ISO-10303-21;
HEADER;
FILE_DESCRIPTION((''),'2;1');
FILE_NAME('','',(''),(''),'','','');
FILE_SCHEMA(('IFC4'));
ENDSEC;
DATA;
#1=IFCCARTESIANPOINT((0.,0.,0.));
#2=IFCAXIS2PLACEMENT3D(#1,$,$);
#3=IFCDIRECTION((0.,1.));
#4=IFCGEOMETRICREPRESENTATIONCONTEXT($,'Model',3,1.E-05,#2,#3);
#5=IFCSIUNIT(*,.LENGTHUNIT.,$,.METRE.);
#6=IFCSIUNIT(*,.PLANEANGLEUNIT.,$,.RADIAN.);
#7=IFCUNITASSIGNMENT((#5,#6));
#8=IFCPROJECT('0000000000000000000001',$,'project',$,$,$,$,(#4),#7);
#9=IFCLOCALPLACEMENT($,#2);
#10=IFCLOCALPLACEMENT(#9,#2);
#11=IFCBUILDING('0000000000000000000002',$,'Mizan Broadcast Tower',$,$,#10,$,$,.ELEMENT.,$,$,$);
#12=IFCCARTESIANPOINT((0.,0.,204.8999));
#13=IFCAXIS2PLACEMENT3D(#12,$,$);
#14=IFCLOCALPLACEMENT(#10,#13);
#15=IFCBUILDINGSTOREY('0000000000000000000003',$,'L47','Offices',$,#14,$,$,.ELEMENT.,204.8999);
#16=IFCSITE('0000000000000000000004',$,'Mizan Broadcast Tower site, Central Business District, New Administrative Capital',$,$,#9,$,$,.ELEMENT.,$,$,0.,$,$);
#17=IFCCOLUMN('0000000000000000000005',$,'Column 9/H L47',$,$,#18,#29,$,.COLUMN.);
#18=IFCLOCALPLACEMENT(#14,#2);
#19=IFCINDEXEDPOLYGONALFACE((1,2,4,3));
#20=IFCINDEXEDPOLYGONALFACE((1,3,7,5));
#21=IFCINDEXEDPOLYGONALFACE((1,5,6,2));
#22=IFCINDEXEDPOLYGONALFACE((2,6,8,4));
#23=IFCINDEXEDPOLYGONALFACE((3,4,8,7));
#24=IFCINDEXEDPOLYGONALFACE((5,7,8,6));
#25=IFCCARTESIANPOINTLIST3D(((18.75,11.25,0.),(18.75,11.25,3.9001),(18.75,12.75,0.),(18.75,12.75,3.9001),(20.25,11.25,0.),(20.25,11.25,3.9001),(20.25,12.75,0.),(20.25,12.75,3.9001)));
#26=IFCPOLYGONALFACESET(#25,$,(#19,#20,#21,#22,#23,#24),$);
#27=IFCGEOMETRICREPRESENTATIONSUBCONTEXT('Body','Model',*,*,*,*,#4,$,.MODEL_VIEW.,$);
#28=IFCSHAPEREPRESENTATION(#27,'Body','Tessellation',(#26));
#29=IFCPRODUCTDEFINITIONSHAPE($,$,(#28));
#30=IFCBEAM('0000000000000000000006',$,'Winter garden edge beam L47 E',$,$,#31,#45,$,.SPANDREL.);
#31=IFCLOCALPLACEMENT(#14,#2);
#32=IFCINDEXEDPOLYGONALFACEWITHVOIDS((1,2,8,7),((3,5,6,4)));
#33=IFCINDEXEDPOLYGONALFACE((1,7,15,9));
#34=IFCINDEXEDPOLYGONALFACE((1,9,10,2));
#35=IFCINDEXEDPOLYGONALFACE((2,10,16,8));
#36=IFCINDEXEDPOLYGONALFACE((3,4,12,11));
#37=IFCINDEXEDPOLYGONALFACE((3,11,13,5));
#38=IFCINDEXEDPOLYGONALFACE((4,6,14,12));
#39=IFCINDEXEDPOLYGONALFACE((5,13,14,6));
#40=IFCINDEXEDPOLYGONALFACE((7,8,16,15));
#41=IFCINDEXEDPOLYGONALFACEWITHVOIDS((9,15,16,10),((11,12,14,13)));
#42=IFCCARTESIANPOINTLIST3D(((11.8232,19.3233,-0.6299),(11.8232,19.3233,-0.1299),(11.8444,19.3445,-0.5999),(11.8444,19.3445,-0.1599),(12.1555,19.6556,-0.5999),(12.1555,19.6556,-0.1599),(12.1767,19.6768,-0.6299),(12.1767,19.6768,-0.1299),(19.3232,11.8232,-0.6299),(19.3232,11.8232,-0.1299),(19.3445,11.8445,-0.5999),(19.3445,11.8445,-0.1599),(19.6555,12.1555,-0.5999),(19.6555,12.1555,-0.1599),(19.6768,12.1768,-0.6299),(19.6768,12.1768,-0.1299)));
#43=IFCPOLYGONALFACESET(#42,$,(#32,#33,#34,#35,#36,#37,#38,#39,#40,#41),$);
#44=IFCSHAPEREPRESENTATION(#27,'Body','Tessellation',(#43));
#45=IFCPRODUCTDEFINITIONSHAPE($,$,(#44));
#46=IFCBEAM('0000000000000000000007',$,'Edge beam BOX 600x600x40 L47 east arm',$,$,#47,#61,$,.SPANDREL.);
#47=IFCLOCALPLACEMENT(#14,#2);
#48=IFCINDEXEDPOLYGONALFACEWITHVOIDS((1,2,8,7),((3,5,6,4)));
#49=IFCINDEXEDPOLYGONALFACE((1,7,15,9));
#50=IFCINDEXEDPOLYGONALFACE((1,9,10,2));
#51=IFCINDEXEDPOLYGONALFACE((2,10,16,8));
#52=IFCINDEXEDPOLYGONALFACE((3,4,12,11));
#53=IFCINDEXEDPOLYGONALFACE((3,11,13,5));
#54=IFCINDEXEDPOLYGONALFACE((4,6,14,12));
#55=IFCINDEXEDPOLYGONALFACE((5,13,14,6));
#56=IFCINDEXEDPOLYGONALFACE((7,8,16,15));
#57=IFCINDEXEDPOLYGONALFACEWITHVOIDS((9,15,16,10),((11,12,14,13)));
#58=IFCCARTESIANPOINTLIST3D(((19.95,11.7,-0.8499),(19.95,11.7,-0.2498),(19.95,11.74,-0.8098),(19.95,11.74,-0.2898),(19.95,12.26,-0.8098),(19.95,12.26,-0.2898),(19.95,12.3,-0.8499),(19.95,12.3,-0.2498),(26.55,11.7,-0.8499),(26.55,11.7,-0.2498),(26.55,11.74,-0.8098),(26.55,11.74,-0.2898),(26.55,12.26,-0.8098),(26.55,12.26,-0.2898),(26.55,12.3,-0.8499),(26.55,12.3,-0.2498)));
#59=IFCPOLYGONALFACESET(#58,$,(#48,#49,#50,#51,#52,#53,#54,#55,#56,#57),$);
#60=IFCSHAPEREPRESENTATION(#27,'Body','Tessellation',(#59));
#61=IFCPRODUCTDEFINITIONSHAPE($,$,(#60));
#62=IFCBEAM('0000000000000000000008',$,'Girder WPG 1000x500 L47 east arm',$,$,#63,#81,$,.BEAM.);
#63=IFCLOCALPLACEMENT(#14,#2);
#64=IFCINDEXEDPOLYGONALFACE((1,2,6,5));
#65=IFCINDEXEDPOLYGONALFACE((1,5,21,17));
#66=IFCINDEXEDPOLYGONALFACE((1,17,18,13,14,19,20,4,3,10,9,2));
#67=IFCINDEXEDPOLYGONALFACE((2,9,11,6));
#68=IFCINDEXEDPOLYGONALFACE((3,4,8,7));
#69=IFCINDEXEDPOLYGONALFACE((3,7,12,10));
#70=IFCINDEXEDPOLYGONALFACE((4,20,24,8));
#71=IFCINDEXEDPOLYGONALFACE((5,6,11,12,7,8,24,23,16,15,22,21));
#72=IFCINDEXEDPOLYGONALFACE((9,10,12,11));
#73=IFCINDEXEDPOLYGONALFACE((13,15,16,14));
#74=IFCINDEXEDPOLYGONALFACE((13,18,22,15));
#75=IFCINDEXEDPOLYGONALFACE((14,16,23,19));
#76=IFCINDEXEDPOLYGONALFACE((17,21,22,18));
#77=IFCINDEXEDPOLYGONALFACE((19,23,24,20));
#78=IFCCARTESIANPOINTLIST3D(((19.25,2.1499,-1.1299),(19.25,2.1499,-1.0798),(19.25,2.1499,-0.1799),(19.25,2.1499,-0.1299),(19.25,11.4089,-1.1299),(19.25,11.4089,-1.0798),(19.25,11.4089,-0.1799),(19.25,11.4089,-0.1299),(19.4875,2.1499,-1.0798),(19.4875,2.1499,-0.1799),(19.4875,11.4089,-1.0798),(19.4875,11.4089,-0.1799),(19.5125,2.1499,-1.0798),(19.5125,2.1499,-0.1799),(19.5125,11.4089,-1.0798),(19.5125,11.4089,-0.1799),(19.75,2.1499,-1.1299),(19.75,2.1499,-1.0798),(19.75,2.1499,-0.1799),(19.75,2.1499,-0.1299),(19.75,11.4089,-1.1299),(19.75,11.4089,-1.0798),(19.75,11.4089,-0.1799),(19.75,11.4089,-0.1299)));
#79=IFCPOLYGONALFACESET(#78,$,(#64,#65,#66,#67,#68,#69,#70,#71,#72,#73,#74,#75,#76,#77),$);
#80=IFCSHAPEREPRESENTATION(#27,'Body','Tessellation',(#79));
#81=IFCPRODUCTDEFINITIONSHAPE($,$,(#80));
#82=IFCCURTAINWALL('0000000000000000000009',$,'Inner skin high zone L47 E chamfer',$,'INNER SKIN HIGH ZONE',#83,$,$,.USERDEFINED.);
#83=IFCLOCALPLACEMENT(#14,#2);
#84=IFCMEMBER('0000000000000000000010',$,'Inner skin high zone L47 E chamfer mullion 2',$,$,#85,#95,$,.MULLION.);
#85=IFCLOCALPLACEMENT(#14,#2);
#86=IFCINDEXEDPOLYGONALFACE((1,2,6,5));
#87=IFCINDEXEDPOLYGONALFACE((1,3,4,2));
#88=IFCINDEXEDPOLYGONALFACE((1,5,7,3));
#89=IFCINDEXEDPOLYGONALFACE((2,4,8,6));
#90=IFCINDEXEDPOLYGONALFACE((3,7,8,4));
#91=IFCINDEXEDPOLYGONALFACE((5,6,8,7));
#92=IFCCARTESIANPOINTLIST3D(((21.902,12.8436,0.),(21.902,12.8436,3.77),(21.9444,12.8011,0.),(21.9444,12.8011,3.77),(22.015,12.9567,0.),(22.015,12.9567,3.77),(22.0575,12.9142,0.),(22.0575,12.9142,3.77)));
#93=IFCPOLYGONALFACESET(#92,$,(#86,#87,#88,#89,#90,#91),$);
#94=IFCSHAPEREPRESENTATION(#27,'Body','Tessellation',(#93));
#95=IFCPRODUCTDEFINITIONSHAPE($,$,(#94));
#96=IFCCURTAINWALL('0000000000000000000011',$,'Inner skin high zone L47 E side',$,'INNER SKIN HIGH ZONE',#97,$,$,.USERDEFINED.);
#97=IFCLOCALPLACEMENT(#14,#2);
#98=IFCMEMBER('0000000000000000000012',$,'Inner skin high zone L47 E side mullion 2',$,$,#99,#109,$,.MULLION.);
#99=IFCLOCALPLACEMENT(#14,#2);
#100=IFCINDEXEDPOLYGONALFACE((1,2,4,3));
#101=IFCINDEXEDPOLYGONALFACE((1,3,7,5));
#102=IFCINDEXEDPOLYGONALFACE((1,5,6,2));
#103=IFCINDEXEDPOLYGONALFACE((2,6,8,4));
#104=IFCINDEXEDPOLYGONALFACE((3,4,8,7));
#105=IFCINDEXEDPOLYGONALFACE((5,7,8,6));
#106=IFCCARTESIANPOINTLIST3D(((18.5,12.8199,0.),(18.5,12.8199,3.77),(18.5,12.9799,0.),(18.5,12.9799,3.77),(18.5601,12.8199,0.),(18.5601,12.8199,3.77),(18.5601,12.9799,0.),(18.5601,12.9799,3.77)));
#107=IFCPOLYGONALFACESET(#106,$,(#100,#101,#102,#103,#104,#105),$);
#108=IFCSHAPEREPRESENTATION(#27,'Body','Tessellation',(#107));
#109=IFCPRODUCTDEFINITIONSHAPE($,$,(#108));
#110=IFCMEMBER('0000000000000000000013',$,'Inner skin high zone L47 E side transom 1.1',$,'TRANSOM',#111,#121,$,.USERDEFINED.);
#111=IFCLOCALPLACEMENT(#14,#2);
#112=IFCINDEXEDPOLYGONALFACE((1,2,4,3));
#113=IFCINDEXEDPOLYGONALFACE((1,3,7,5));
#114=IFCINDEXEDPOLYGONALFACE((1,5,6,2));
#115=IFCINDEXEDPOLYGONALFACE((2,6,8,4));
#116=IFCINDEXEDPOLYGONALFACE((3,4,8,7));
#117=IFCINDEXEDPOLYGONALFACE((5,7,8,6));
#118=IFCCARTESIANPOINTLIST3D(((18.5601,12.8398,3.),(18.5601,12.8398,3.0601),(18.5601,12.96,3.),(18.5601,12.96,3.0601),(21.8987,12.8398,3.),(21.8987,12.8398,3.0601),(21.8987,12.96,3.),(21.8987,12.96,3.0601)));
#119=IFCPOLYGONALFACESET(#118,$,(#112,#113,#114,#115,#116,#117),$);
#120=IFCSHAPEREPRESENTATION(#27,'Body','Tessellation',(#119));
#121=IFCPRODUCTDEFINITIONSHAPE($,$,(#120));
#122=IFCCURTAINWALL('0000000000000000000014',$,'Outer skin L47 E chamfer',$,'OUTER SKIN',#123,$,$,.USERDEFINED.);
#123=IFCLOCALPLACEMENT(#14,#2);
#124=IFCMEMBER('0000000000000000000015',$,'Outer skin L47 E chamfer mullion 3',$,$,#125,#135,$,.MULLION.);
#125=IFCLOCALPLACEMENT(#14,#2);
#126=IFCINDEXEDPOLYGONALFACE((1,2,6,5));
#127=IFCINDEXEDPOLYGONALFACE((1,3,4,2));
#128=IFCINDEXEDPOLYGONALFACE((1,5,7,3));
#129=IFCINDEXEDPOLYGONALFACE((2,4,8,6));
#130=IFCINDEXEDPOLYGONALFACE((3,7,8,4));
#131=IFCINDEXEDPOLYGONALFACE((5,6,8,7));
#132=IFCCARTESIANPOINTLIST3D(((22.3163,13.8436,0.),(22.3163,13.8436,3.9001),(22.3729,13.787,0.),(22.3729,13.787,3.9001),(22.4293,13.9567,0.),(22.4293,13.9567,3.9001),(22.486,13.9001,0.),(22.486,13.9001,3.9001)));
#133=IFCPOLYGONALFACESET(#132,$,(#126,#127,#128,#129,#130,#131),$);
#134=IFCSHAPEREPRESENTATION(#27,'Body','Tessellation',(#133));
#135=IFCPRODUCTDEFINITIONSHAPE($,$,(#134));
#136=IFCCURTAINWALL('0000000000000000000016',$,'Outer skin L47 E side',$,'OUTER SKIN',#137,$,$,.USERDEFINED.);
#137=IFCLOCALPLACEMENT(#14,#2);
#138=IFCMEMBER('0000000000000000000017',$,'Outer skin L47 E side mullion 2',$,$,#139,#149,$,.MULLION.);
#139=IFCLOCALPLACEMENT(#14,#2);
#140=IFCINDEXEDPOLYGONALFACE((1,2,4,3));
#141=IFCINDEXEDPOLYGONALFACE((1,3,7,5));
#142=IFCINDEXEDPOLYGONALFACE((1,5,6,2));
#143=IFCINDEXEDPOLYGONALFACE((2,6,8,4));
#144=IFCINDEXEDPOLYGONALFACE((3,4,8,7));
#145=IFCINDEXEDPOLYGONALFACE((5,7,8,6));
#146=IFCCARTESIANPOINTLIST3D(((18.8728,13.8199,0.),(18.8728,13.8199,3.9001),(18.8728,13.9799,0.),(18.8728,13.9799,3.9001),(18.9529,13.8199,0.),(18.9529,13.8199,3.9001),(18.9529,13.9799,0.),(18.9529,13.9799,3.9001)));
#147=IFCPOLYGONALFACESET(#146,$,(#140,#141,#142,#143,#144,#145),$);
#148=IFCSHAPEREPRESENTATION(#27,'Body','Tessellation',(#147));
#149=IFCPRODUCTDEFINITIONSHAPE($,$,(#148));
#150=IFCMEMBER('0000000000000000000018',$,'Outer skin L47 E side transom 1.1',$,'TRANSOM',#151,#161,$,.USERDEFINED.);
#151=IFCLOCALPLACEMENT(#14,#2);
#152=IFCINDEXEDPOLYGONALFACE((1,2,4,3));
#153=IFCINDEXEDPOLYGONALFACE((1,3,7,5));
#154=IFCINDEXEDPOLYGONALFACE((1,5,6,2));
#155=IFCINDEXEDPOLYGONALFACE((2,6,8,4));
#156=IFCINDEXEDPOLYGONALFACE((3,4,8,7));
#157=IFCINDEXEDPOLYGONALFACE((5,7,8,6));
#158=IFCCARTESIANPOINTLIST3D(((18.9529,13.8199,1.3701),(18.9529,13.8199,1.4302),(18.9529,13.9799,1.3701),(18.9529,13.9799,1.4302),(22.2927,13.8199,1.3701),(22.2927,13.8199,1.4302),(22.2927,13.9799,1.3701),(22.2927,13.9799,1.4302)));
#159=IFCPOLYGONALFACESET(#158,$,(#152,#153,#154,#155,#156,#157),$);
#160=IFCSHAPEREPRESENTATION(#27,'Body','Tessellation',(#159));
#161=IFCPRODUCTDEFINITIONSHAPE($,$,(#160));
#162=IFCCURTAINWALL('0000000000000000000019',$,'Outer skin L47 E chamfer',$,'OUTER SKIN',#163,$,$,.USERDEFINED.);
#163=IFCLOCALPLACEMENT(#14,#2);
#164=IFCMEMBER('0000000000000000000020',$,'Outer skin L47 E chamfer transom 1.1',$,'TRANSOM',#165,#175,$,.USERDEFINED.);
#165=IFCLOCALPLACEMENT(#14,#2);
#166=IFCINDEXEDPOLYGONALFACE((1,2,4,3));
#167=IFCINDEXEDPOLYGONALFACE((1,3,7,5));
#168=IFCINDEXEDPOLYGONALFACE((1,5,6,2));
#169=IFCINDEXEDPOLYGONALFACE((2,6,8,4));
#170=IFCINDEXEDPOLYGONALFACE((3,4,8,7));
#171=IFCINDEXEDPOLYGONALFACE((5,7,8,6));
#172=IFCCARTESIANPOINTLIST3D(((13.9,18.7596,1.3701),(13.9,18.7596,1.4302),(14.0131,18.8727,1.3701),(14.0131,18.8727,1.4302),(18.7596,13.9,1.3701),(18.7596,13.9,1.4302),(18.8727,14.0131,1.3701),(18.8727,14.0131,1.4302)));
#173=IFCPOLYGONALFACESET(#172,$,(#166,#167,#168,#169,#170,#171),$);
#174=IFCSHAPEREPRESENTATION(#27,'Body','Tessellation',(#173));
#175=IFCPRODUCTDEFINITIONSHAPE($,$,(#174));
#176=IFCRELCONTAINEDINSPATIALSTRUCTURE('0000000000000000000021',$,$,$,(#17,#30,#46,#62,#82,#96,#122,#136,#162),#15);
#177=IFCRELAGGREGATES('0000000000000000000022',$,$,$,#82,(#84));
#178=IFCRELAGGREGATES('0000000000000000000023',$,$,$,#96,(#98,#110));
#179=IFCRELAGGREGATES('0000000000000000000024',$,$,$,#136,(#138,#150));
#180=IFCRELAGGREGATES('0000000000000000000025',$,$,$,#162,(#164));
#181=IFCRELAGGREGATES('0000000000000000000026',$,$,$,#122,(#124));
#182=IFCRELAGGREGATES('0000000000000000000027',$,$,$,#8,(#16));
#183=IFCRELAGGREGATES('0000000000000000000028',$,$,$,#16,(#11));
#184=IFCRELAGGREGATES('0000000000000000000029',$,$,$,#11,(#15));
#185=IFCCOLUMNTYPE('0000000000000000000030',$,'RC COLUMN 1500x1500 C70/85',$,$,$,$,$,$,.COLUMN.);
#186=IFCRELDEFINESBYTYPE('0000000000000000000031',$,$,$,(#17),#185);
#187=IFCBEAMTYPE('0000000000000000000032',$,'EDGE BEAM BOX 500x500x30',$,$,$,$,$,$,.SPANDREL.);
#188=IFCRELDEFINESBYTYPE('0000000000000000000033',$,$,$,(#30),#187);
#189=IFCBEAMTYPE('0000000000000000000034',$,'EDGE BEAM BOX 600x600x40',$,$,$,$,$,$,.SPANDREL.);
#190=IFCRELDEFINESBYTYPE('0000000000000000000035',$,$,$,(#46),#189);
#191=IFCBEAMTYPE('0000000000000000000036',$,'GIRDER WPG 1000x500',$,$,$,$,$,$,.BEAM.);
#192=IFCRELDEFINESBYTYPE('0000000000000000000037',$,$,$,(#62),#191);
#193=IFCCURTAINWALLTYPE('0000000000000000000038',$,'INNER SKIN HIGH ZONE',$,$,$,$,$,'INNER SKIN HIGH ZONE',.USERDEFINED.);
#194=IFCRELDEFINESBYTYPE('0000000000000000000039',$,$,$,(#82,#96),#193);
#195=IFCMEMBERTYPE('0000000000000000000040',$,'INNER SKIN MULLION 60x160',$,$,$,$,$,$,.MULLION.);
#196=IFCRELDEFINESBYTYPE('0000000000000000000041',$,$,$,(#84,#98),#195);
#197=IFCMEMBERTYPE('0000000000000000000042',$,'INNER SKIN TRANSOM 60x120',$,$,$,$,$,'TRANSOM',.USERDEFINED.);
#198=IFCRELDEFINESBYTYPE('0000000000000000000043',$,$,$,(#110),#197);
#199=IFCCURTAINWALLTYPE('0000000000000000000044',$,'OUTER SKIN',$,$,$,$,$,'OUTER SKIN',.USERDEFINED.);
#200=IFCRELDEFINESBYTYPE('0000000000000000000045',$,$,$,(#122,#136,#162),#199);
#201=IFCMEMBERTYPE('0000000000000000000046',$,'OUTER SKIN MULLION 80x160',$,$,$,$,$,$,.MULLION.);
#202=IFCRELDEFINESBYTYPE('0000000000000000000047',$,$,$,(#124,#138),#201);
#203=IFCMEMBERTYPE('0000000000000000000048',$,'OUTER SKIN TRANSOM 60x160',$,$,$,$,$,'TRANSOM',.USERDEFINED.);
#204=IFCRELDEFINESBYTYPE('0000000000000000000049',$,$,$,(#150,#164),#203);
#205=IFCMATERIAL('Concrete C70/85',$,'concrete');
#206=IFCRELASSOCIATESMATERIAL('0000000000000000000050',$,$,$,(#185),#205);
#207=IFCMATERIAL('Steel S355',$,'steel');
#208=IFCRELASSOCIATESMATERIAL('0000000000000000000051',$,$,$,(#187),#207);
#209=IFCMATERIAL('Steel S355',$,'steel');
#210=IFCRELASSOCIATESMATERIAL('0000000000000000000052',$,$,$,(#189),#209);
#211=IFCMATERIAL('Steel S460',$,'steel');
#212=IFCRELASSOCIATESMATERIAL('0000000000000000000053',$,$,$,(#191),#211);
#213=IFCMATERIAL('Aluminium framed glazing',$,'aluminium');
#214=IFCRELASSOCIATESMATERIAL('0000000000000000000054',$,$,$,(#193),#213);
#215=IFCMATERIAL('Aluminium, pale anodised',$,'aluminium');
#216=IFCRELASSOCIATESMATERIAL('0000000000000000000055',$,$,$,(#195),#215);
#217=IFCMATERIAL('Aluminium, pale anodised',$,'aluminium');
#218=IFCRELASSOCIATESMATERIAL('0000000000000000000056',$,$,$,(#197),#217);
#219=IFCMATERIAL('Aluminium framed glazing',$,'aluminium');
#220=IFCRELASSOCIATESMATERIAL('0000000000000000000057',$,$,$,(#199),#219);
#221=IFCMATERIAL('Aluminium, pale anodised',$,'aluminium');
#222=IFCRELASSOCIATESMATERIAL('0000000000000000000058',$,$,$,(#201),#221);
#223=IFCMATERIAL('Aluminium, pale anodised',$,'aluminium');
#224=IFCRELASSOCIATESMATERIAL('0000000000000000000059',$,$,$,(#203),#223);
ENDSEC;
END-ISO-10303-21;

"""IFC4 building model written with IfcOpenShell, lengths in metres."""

from ifc_helpers import new_model, si_unit, direction, frame, origin, origin_2d, place, context, subcontext, project, spatial, rectangle, hollow_rectangle, i_section, extrude, material, material_profile, profile_set, type_object, element, aggregate, save


model = new_model("IFC4")

# Units and contexts
model_context = context("Model", 3, precision=1e-05, world=origin(), true_north=direction((0.0, 1.0)))
body_context = subcontext(model_context, "Body", "Model", "MODEL_VIEW")
ifc_project = project(units=[si_unit("LENGTHUNIT", "METRE"), si_unit("PLANEANGLEUNIT", "RADIAN")], contexts=[model_context])

# Site, building, storey
site_placement = place(None, origin())
site = spatial("IfcSite", under=ifc_project, at=site_placement, Name="Mizan Broadcast Tower site, Central Business District, New Administrative Capital", CompositionType="ELEMENT", RefElevation=0.0)
building_placement = place(site_placement, origin())
building = spatial("IfcBuilding", under=site, at=building_placement, Name="Mizan Broadcast Tower", CompositionType="ELEMENT")
storey_placement = place(building_placement, frame((0.0, 0.0, 204.8999)))
storey = spatial("IfcBuildingStorey", under=building, at=storey_placement, Name="L47", Description="Offices", CompositionType="ELEMENT", Elevation=204.8999)

# Column
ifc_material_1 = material(Name="Concrete C70/85", Category="concrete")
ifc_material_profile_1 = material_profile(ifc_material_1, rectangle(XDim=1.5, YDim=1.5, at=origin_2d()), Name="RC 1500x1500")
ifc_profile_set_1 = profile_set([ifc_material_profile_1], Name="Concrete C70/85")
column_type = type_object("IfcColumnType", Name="RC COLUMN 1500x1500 C70/85", PredefinedType="COLUMN", material=ifc_profile_set_1)
column_placement = place(storey_placement, frame((19.5, 12.0, 0.0), z_axis=(0.0, 0.0, 1.0), x_axis=(1.0, 0.0, 0.0)))
element("IfcColumn", 1, at=column_placement, inside=storey, type_object=column_type, Name="Column 9/H L47", PredefinedType="COLUMN", context=body_context, shape_type="SweptSolid", body=[
    extrude(rectangle(XDim=1.5, YDim=1.5, at=origin_2d()), origin(), (0.0, 0.0, 1.0), 3.9001),
])

# Beams
ifc_material_2 = material(Name="Steel S355", Category="steel")
ifc_material_profile_2 = material_profile(ifc_material_2, hollow_rectangle(XDim=0.5, YDim=0.5, WallThickness=0.03, at=origin_2d()), Name="BOX 500x500x30")
ifc_profile_set_2 = profile_set([ifc_material_profile_2], Name="Steel S355")
beam_type_1 = type_object("IfcBeamType", Name="EDGE BEAM BOX 500x500x30", PredefinedType="SPANDREL", material=ifc_profile_set_2)
beam_1_placement = place(storey_placement, frame((19.5, 12.0, -0.3799), z_axis=(-0.707107, 0.707107, 0.0), x_axis=(-0.707107, -0.707107, 0.0)))
element("IfcBeam", 2, at=beam_1_placement, inside=storey, type_object=beam_type_1, Name="Winter garden edge beam L47 E", PredefinedType="SPANDREL", context=body_context, shape_type="SweptSolid", body=[
    extrude(hollow_rectangle(XDim=0.5, YDim=0.5, WallThickness=0.03, at=origin_2d()), origin(), (0.0, 0.0, 1.0), 10.6067),
])
ifc_material_3 = material(Name="Steel S355", Category="steel")
ifc_material_profile_3 = material_profile(ifc_material_3, hollow_rectangle(XDim=0.6001, YDim=0.6001, WallThickness=0.04, at=origin_2d()), Name="BOX 600x600x40")
ifc_profile_set_3 = profile_set([ifc_material_profile_3], Name="Steel S355")
beam_type_2 = type_object("IfcBeamType", Name="EDGE BEAM BOX 600x600x40", PredefinedType="SPANDREL", material=ifc_profile_set_3)
beam_2_placement = place(storey_placement, frame((19.95, 12.0, -0.5498), z_axis=(1.0, 0.0, 0.0), x_axis=(0.0, 1.0, 0.0)))
element("IfcBeam", 3, at=beam_2_placement, inside=storey, type_object=beam_type_2, Name="Edge beam BOX 600x600x40 L47 east arm", PredefinedType="SPANDREL", context=body_context, shape_type="SweptSolid", body=[
    extrude(hollow_rectangle(XDim=0.6001, YDim=0.6001, WallThickness=0.04, at=origin_2d()), origin(), (0.0, 0.0, 1.0), 6.6001),
])
ifc_material_4 = material(Name="Steel S460", Category="steel")
ifc_material_profile_4 = material_profile(ifc_material_4, i_section(OverallWidth=0.5, OverallDepth=1.0, WebThickness=0.0249, FlangeThickness=0.05, at=origin_2d()), Name="WPG 1000x500")
ifc_profile_set_4 = profile_set([ifc_material_profile_4], Name="Steel S460")
beam_type_3 = type_object("IfcBeamType", Name="GIRDER WPG 1000x500", PredefinedType="BEAM", material=ifc_profile_set_4)
beam_3_placement = place(storey_placement, frame((19.5, 11.4089, -0.6299), z_axis=(0.0, -1.0, 0.0), x_axis=(1.0, 0.0, 0.0)))
element("IfcBeam", 4, at=beam_3_placement, inside=storey, type_object=beam_type_3, Name="Girder WPG 1000x500 L47 east arm", PredefinedType="BEAM", context=body_context, shape_type="SweptSolid", body=[
    extrude(i_section(OverallWidth=0.5, OverallDepth=1.0, WebThickness=0.0249, FlangeThickness=0.05, at=origin_2d()), origin(), (0.0, 0.0, 1.0), 9.259),
])

# Curtain wall, member
ifc_material_5 = material(Name="Aluminium framed glazing", Category="aluminium")
curtain_wall_type_1 = type_object("IfcCurtainWallType", Name="INNER SKIN HIGH ZONE", ElementType="INNER SKIN HIGH ZONE", PredefinedType="USERDEFINED", material=ifc_material_5)
curtain_wall_1_placement = place(storey_placement, origin())
curtain_wall_1 = element("IfcCurtainWall", 5, at=curtain_wall_1_placement, inside=storey, type_object=curtain_wall_type_1, Name="Inner skin high zone L47 E chamfer", ObjectType="INNER SKIN HIGH ZONE", PredefinedType="USERDEFINED")
ifc_material_6 = material(Name="Aluminium, pale anodised", Category="aluminium")
ifc_material_profile_5 = material_profile(ifc_material_6, rectangle(XDim=0.1599, YDim=0.0601, at=origin_2d()), Name="MULLION 160x60")
ifc_profile_set_5 = profile_set([ifc_material_profile_5], Name="Aluminium, pale anodised")
member_type_1 = type_object("IfcMemberType", Name="INNER SKIN MULLION 60x160", PredefinedType="MULLION", material=ifc_profile_set_5)
member_1_placement = place(storey_placement, frame((21.9797, 12.8789, 0.0), z_axis=(0.0, 0.0, 1.0), x_axis=(-0.707107, -0.707107, 0.0)))
member_1 = element("IfcMember", 6, at=member_1_placement, type_object=member_type_1, Name="Inner skin high zone L47 E chamfer mullion 2", PredefinedType="MULLION", context=body_context, shape_type="SweptSolid", body=[
    extrude(rectangle(XDim=0.1599, YDim=0.0601, at=origin_2d()), origin(), (0.0, 0.0, 1.0), 3.77),
])

# Curtain wall, members
curtain_wall_2_placement = place(storey_placement, origin())
curtain_wall_2 = element("IfcCurtainWall", 7, at=curtain_wall_2_placement, inside=storey, type_object=curtain_wall_type_1, Name="Inner skin high zone L47 E side", ObjectType="INNER SKIN HIGH ZONE", PredefinedType="USERDEFINED")
member_2_placement = place(storey_placement, frame((18.53, 12.8999, 0.0), z_axis=(0.0, 0.0, 1.0), x_axis=(0.0, -1.0, 0.0)))
member_2 = element("IfcMember", 8, at=member_2_placement, type_object=member_type_1, Name="Inner skin high zone L47 E side mullion 2", PredefinedType="MULLION", context=body_context, shape_type="SweptSolid", body=[
    extrude(rectangle(XDim=0.1599, YDim=0.0601, at=origin_2d()), origin(), (0.0, 0.0, 1.0), 3.77),
])
ifc_material_7 = material(Name="Aluminium, pale anodised", Category="aluminium")
ifc_material_profile_6 = material_profile(ifc_material_7, rectangle(XDim=0.1201, YDim=0.0601, at=origin_2d()), Name="TRANSOM 120x60")
ifc_profile_set_6 = profile_set([ifc_material_profile_6], Name="Aluminium, pale anodised")
member_type_2 = type_object("IfcMemberType", Name="INNER SKIN TRANSOM 60x120", ElementType="TRANSOM", PredefinedType="USERDEFINED", material=ifc_profile_set_6)
member_3_placement = place(storey_placement, frame((21.8987, 12.8999, 3.03), z_axis=(-1.0, 0.0, 0.0), x_axis=(0.0, -1.0, 0.0)))
member_3 = element("IfcMember", 9, at=member_3_placement, type_object=member_type_2, Name="Inner skin high zone L47 E side transom 1.1", ObjectType="TRANSOM", PredefinedType="USERDEFINED", context=body_context, shape_type="SweptSolid", body=[
    extrude(rectangle(XDim=0.1201, YDim=0.0601, at=origin_2d()), origin(), (0.0, 0.0, 1.0), 3.3386),
])

# Curtain wall, member
ifc_material_8 = material(Name="Aluminium framed glazing", Category="aluminium")
curtain_wall_type_2 = type_object("IfcCurtainWallType", Name="OUTER SKIN", ElementType="OUTER SKIN", PredefinedType="USERDEFINED", material=ifc_material_8)
curtain_wall_3_placement = place(storey_placement, origin())
curtain_wall_3 = element("IfcCurtainWall", 10, at=curtain_wall_3_placement, inside=storey, type_object=curtain_wall_type_2, Name="Outer skin L47 E chamfer", ObjectType="OUTER SKIN", PredefinedType="USERDEFINED")
ifc_material_9 = material(Name="Aluminium, pale anodised", Category="aluminium")
ifc_material_profile_7 = material_profile(ifc_material_9, rectangle(XDim=0.1599, YDim=0.0801, at=origin_2d()), Name="MULLION 160x80")
ifc_profile_set_7 = profile_set([ifc_material_profile_7], Name="Aluminium, pale anodised")
member_type_3 = type_object("IfcMemberType", Name="OUTER SKIN MULLION 80x160", PredefinedType="MULLION", material=ifc_profile_set_7)
member_4_placement = place(storey_placement, frame((22.4011, 13.8718, 0.0), z_axis=(0.0, 0.0, 1.0), x_axis=(-0.707107, -0.707107, 0.0)))
member_4 = element("IfcMember", 11, at=member_4_placement, type_object=member_type_3, Name="Outer skin L47 E chamfer mullion 3", PredefinedType="MULLION", context=body_context, shape_type="SweptSolid", body=[
    extrude(rectangle(XDim=0.1599, YDim=0.0801, at=origin_2d()), origin(), (0.0, 0.0, 1.0), 3.9001),
])

# Curtain wall, members
curtain_wall_4_placement = place(storey_placement, origin())
curtain_wall_4 = element("IfcCurtainWall", 12, at=curtain_wall_4_placement, inside=storey, type_object=curtain_wall_type_2, Name="Outer skin L47 E side", ObjectType="OUTER SKIN", PredefinedType="USERDEFINED")
member_5_placement = place(storey_placement, frame((18.9128, 13.8999, 0.0), z_axis=(0.0, 0.0, 1.0), x_axis=(0.0, -1.0, 0.0)))
member_5 = element("IfcMember", 13, at=member_5_placement, type_object=member_type_3, Name="Outer skin L47 E side mullion 2", PredefinedType="MULLION", context=body_context, shape_type="SweptSolid", body=[
    extrude(rectangle(XDim=0.1599, YDim=0.0801, at=origin_2d()), origin(), (0.0, 0.0, 1.0), 3.9001),
])
ifc_material_10 = material(Name="Aluminium, pale anodised", Category="aluminium")
ifc_material_profile_8 = material_profile(ifc_material_10, rectangle(XDim=0.1599, YDim=0.0601, at=origin_2d()), Name="TRANSOM 160x60")
ifc_profile_set_8 = profile_set([ifc_material_profile_8], Name="Aluminium, pale anodised")
member_type_4 = type_object("IfcMemberType", Name="OUTER SKIN TRANSOM 60x160", ElementType="TRANSOM", PredefinedType="USERDEFINED", material=ifc_profile_set_8)
member_6_placement = place(storey_placement, frame((22.2927, 13.8999, 1.4001), z_axis=(-1.0, 0.0, 0.0), x_axis=(0.0, -1.0, 0.0)))
member_6 = element("IfcMember", 14, at=member_6_placement, type_object=member_type_4, Name="Outer skin L47 E side transom 1.1", ObjectType="TRANSOM", PredefinedType="USERDEFINED", context=body_context, shape_type="SweptSolid", body=[
    extrude(rectangle(XDim=0.1599, YDim=0.0601, at=origin_2d()), origin(), (0.0, 0.0, 1.0), 3.3398),
])

# Curtain wall, member
curtain_wall_5_placement = place(storey_placement, origin())
curtain_wall_5 = element("IfcCurtainWall", 15, at=curtain_wall_5_placement, inside=storey, type_object=curtain_wall_type_2, Name="Outer skin L47 E chamfer", ObjectType="OUTER SKIN", PredefinedType="USERDEFINED")
member_7_placement = place(storey_placement, frame((18.8162, 13.9565, 1.4001), z_axis=(-0.707107, 0.707107, 0.0), x_axis=(-0.707107, -0.707107, 0.0)))
member_7 = element("IfcMember", 16, at=member_7_placement, type_object=member_type_4, Name="Outer skin L47 E chamfer transom 1.1", ObjectType="TRANSOM", PredefinedType="USERDEFINED", context=body_context, shape_type="SweptSolid", body=[
    extrude(rectangle(XDim=0.1599, YDim=0.0601, at=origin_2d()), origin(), (0.0, 0.0, 1.0), 6.8726),
])

aggregate(curtain_wall_1, [member_1])
aggregate(curtain_wall_2, [member_2, member_3])
aggregate(curtain_wall_4, [member_5, member_6])
aggregate(curtain_wall_5, [member_7])
aggregate(curtain_wall_3, [member_4])

save(model, "model.ifc")
